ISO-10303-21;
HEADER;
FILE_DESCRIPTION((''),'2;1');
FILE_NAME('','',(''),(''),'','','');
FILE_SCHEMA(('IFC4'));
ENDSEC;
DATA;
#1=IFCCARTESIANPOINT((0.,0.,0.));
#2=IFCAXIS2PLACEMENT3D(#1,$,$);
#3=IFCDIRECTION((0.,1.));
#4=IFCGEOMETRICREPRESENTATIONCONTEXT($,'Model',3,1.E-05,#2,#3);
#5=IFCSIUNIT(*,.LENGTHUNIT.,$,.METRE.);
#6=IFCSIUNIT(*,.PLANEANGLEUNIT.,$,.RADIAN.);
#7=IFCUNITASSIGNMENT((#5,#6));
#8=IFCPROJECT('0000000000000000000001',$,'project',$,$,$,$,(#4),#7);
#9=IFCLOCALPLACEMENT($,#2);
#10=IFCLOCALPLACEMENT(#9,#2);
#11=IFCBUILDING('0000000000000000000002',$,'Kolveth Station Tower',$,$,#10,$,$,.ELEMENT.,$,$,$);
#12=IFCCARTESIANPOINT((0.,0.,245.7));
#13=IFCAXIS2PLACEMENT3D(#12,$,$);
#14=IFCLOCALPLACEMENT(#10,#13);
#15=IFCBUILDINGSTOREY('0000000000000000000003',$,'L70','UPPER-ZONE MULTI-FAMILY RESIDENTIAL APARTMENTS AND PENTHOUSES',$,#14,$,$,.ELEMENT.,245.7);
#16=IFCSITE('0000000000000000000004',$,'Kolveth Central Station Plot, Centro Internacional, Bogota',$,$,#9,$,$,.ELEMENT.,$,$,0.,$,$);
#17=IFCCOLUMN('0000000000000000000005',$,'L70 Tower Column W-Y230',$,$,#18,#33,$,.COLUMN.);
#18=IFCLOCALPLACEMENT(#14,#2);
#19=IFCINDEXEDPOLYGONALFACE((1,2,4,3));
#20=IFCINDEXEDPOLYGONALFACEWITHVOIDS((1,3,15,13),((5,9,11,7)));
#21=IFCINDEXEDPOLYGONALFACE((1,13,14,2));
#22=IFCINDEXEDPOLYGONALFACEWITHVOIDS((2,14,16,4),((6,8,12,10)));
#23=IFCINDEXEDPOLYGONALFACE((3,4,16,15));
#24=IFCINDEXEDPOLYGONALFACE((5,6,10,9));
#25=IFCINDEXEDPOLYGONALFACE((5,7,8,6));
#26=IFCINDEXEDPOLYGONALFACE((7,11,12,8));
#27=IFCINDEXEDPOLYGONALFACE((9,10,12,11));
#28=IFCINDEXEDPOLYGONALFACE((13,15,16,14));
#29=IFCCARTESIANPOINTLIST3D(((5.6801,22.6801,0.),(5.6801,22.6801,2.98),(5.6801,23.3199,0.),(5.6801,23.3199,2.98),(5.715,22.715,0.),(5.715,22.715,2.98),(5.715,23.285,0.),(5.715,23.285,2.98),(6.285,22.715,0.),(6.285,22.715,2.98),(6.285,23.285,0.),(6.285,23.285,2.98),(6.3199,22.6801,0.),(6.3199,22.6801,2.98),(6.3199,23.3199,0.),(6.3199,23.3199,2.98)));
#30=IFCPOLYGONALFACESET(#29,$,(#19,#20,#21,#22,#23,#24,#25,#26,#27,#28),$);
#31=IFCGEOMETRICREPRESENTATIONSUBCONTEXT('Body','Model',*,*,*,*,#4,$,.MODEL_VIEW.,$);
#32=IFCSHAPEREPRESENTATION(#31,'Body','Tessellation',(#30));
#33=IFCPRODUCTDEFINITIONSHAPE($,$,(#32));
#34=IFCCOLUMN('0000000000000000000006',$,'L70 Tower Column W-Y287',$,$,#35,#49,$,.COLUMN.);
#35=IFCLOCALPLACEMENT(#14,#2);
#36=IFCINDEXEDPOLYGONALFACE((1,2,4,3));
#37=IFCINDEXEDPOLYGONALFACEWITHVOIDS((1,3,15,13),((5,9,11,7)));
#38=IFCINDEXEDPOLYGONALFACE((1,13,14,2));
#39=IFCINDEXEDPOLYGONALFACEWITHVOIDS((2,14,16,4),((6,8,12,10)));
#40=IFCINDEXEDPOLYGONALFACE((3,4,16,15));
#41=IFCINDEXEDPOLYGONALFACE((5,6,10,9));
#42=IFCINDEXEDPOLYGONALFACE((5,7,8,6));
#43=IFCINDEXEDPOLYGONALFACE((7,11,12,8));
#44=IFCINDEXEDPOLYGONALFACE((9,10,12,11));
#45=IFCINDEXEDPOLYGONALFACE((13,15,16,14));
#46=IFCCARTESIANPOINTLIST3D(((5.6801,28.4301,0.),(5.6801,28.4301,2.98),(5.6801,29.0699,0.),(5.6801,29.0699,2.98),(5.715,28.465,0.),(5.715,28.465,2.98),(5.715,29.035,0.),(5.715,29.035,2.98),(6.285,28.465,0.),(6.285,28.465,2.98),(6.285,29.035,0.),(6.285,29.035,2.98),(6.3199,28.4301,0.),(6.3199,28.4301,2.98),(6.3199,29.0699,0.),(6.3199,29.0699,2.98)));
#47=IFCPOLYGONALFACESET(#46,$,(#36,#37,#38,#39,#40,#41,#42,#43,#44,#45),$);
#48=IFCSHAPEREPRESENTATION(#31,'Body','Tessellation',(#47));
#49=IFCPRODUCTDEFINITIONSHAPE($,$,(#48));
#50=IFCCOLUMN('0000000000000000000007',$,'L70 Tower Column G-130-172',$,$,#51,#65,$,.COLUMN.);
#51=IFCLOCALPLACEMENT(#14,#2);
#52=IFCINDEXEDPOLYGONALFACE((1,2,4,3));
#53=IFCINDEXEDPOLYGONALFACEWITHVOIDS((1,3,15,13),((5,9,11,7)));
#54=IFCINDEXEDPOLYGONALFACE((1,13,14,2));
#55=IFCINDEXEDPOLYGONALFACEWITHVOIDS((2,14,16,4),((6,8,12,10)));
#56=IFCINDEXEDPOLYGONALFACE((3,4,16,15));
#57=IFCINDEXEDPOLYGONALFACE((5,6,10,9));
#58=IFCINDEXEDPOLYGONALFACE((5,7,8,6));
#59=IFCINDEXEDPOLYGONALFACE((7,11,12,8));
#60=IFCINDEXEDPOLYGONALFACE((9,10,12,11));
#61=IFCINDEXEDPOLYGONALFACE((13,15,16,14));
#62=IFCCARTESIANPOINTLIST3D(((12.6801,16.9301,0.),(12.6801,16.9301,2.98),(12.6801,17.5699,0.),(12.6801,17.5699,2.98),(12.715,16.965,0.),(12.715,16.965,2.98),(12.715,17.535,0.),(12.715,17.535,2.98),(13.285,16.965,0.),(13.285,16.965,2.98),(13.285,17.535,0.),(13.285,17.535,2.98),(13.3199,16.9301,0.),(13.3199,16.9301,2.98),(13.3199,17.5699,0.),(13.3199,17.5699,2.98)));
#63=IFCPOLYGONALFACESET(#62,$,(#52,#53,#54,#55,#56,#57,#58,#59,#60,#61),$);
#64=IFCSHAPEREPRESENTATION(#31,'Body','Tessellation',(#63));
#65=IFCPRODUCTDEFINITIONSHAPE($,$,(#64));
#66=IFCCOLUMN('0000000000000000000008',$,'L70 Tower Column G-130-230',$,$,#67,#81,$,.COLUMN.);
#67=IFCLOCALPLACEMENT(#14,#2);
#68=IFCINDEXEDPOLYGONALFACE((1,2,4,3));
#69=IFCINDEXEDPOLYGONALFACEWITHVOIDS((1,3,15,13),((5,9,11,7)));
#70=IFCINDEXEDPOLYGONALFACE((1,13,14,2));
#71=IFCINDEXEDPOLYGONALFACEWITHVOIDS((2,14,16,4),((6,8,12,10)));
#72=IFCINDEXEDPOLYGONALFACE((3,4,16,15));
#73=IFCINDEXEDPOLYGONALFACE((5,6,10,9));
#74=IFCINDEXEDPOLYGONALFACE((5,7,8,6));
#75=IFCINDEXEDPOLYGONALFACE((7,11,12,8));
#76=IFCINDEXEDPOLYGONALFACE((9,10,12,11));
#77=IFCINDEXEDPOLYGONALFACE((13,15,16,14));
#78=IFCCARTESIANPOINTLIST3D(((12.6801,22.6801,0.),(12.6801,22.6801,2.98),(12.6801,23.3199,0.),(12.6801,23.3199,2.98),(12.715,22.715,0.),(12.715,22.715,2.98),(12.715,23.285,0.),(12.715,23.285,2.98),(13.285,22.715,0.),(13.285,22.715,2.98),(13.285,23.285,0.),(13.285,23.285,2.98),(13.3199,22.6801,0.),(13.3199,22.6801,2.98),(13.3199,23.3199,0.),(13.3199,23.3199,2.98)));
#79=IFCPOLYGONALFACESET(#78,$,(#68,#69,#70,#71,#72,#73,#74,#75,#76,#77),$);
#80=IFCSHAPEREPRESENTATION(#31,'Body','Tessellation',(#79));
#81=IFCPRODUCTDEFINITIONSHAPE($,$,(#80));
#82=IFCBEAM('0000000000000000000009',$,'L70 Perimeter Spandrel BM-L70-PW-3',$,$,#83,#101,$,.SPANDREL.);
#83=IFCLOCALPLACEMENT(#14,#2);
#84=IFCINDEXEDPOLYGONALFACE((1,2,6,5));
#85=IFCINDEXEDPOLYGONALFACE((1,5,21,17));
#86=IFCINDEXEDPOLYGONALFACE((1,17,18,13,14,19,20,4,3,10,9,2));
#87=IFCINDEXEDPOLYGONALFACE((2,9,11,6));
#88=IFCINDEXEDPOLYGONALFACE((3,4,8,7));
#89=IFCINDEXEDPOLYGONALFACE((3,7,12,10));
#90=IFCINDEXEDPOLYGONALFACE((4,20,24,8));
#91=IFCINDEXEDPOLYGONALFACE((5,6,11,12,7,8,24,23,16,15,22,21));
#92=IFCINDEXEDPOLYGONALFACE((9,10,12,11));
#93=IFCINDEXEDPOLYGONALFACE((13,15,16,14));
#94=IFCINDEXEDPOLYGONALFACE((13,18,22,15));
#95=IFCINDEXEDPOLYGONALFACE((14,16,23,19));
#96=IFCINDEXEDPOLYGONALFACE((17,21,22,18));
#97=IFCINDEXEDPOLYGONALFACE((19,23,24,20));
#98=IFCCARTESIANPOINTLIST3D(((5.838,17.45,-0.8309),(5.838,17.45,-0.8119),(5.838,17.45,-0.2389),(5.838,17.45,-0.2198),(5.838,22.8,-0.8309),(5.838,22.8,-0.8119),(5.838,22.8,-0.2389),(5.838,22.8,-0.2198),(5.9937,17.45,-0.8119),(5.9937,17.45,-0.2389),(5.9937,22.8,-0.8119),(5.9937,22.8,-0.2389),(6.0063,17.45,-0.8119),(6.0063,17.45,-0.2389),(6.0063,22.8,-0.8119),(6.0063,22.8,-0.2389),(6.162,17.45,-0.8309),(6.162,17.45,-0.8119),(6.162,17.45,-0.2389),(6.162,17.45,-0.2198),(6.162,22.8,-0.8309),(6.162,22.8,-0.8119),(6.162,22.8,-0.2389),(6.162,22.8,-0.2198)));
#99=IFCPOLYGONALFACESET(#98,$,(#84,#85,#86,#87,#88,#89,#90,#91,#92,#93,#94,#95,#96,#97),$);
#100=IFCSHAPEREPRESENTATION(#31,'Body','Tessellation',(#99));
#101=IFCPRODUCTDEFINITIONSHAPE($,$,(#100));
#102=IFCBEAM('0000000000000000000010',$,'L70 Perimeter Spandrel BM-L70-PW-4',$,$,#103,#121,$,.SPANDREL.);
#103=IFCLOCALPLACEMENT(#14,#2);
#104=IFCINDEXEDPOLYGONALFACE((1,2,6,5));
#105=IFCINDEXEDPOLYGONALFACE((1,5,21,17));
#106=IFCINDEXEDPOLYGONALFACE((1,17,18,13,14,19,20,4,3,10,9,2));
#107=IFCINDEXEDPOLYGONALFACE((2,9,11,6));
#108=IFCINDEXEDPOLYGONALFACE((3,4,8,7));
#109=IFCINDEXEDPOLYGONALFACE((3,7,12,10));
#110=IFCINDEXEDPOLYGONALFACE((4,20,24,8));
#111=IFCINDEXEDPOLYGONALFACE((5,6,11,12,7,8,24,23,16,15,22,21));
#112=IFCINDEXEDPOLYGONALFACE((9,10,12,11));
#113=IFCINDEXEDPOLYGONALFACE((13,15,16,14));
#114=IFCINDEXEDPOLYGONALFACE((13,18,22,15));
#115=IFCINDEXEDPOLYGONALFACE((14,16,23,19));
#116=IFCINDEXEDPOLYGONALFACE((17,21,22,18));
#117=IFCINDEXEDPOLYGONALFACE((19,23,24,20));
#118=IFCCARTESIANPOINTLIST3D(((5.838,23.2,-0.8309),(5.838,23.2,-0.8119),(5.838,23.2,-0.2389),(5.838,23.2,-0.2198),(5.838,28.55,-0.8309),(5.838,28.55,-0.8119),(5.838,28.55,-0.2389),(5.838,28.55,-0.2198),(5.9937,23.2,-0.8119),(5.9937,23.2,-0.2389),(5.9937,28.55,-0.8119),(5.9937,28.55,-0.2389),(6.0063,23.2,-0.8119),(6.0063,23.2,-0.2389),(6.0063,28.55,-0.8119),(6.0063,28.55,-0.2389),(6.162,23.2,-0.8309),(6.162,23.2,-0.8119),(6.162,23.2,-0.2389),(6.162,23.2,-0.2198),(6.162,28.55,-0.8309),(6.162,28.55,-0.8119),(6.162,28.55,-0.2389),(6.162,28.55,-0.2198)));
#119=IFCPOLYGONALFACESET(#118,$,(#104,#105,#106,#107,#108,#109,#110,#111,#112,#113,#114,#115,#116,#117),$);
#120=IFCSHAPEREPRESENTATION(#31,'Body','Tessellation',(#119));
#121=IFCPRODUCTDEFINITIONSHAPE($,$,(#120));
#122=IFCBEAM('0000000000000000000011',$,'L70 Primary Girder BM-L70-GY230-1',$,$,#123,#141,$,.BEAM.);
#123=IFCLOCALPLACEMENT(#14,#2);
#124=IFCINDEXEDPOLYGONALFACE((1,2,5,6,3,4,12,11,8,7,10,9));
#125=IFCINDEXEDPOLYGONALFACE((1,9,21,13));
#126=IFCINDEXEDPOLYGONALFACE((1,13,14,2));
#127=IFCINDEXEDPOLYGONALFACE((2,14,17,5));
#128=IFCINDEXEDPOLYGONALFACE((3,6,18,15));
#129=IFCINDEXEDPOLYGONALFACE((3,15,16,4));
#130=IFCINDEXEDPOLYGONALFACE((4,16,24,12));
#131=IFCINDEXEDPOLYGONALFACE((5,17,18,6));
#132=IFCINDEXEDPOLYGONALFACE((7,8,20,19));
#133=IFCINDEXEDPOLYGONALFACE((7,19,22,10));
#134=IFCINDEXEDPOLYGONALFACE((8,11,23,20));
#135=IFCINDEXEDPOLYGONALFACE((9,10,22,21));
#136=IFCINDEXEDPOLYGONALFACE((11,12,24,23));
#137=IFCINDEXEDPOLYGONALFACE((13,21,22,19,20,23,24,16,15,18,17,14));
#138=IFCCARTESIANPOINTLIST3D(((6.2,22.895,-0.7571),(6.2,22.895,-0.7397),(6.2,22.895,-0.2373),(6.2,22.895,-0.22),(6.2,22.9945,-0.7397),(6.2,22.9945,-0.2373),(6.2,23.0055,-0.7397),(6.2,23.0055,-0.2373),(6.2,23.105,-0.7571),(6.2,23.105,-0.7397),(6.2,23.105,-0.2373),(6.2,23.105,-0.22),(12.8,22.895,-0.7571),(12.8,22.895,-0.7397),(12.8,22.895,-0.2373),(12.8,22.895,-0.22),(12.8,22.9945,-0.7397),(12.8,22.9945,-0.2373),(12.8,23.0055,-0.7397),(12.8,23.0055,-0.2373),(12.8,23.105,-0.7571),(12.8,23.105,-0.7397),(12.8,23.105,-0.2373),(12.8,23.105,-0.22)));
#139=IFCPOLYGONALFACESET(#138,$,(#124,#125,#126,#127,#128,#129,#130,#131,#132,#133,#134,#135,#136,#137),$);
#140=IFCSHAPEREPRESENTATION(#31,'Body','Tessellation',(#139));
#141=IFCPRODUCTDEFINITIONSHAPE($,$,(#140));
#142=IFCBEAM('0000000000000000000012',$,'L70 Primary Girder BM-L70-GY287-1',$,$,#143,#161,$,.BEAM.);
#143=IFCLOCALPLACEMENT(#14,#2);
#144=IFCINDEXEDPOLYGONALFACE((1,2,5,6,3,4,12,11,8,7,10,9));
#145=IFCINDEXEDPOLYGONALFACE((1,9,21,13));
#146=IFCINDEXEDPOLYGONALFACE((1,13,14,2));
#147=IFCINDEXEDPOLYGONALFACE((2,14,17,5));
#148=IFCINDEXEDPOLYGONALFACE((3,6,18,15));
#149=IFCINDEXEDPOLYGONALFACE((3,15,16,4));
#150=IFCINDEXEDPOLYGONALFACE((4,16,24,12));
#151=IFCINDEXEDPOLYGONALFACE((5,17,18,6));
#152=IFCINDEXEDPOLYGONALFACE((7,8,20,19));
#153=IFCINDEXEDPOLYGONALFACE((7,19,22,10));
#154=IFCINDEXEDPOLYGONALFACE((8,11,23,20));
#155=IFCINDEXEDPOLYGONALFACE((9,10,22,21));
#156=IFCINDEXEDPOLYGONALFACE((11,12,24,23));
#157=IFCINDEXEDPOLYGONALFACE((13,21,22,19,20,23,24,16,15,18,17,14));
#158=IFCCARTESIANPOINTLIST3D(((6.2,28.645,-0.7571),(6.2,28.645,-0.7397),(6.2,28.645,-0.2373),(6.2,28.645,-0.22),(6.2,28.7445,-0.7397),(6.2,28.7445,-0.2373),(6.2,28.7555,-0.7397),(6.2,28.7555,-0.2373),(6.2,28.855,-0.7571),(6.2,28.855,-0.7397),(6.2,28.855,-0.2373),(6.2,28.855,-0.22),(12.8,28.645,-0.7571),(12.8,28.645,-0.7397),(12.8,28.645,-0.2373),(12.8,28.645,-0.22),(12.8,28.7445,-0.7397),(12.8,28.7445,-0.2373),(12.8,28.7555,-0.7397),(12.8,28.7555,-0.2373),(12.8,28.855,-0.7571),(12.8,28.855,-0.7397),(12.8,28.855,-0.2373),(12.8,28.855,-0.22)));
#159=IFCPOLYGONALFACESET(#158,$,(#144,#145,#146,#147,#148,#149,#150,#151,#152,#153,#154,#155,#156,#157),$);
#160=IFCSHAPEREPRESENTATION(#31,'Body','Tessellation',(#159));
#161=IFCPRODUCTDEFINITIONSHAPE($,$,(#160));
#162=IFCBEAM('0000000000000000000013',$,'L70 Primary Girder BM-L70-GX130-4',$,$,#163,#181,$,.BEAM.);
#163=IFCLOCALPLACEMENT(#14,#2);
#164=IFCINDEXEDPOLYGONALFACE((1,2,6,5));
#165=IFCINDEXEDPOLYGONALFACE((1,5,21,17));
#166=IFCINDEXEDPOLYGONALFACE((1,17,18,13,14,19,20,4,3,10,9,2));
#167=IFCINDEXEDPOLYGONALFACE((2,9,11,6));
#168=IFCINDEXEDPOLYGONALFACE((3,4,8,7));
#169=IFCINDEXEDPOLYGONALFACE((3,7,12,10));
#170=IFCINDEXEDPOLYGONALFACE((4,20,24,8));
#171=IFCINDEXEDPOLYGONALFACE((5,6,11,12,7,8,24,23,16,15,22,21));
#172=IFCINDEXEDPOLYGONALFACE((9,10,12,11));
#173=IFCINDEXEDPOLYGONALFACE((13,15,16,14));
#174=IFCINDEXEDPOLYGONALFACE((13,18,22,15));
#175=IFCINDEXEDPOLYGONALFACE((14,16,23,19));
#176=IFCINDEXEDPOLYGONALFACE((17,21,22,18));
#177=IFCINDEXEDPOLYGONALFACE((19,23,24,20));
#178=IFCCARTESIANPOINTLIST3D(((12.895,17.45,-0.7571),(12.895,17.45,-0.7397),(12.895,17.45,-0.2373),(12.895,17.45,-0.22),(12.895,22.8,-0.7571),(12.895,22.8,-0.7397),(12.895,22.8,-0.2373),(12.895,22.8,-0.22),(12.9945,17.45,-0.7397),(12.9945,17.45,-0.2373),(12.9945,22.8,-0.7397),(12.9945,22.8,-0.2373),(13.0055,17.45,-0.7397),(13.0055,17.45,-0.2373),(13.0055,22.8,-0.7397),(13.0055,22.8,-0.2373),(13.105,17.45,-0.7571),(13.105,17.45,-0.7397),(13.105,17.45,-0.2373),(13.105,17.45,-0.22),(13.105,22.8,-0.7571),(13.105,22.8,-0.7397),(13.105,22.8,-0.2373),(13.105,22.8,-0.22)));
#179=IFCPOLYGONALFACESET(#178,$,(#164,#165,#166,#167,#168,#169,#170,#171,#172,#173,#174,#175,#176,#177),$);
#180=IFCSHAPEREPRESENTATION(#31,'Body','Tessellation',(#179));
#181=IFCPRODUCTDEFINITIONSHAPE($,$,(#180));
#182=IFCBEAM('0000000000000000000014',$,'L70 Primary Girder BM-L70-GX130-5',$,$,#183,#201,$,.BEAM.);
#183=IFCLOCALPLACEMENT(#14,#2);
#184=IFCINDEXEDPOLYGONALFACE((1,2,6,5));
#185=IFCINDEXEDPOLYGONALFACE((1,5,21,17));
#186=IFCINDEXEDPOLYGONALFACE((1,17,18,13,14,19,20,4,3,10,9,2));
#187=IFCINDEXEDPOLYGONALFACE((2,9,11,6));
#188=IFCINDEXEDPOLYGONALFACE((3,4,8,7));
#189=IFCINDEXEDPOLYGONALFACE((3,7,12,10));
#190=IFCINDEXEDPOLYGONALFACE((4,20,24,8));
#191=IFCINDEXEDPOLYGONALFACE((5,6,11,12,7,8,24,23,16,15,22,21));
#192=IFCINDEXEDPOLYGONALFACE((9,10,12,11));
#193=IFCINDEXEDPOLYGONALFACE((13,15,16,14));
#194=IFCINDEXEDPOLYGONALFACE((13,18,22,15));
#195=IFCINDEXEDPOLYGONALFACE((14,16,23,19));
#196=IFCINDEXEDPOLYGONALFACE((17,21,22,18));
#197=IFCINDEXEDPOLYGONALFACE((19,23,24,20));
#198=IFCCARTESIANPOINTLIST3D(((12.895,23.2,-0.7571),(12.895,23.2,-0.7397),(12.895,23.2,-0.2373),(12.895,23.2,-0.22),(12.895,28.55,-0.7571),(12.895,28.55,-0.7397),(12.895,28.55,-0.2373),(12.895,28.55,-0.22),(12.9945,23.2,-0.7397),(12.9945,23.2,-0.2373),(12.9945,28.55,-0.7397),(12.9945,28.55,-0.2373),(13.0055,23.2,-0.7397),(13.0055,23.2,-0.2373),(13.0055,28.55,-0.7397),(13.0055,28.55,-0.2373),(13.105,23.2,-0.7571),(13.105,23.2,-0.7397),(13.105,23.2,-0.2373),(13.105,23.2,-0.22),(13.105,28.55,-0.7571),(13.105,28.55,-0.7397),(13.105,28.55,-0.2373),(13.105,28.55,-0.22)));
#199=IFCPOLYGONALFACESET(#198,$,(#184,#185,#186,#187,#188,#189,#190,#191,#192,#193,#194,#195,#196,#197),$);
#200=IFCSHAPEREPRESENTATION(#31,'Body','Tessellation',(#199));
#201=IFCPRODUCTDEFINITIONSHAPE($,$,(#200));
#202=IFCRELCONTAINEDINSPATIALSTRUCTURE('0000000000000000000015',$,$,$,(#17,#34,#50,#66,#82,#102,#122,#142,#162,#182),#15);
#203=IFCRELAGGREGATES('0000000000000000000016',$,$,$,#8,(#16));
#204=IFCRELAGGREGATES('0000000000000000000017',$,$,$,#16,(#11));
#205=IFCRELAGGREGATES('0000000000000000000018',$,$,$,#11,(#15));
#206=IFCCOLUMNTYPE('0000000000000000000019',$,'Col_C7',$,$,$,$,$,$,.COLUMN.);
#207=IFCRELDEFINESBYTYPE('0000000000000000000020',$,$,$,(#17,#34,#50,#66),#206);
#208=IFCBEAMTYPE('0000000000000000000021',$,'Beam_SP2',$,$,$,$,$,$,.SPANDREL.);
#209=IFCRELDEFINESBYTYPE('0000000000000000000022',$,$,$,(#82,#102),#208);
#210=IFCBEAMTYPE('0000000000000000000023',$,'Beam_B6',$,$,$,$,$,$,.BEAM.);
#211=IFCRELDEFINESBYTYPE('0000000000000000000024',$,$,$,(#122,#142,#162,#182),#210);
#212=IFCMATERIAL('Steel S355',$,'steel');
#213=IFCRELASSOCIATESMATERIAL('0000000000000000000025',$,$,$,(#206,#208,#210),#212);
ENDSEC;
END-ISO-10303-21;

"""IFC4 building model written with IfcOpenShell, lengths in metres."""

from ifc_helpers import new_model, si_unit, direction, frame, origin, origin_2d, place, context, subcontext, project, spatial, hollow_rectangle, i_section, extrude, source, transform, mapped, material, material_profile, profile_set, type_object, element, save


model = new_model("IFC4")

# Units and contexts
model_context = context("Model", 3, precision=1e-05, world=origin(), true_north=direction((0.0, 1.0)))
body_context = subcontext(model_context, "Body", "Model", "MODEL_VIEW")
ifc_project = project(units=[si_unit("LENGTHUNIT", "METRE"), si_unit("PLANEANGLEUNIT", "RADIAN")], contexts=[model_context])

# Site, building, storey
site_placement = place(None, origin())
site = spatial("IfcSite", under=ifc_project, at=site_placement, Name="Kolveth Central Station Plot, Centro Internacional, Bogota", CompositionType="ELEMENT", RefElevation=0.0)
building_placement = place(site_placement, origin())
building = spatial("IfcBuilding", under=site, at=building_placement, Name="Kolveth Station Tower", CompositionType="ELEMENT")
storey_placement = place(building_placement, frame((0.0, 0.0, 245.7)))
storey = spatial("IfcBuildingStorey", under=building, at=storey_placement, Name="L70", Description="UPPER-ZONE MULTI-FAMILY RESIDENTIAL APARTMENTS AND PENTHOUSES", CompositionType="ELEMENT", Elevation=245.7)

# Columns
ifc_material_1 = material(Name="Steel S355", Category="steel")
ifc_material_profile_1 = material_profile(ifc_material_1, hollow_rectangle(XDim=0.6399, YDim=0.6399, WallThickness=0.0349, at=origin_2d()), Name="BOX640x640x35")
ifc_profile_set_1 = profile_set([ifc_material_profile_1], Name="Steel S355")
column_type = type_object("IfcColumnType", Name="Col_C7", PredefinedType="COLUMN", material=ifc_profile_set_1)
shared_shape_1 = source(origin(), body_context, "Body", "SweptSolid", [
    extrude(hollow_rectangle(XDim=0.6399, YDim=0.6399, WallThickness=0.0349, at=origin_2d()), origin(), (0.0, 0.0, 1.0), 2.98),
])
for number, where, z_axis, x_axis, name in (
    (1, (6.0, 23.0, 0.0), (0.0, 0.0, 1.0), (1.0, 0.0, 0.0), "L70 Tower Column W-Y230"),
    (2, (6.0, 28.75, 0.0), (0.0, 0.0, 1.0), (1.0, 0.0, 0.0), "L70 Tower Column W-Y287"),
    (3, (13.0, 17.25, 0.0), (0.0, 0.0, 1.0), (1.0, 0.0, 0.0), "L70 Tower Column G-130-172"),
    (4, (13.0, 23.0, 0.0), (0.0, 0.0, 1.0), (1.0, 0.0, 0.0), "L70 Tower Column G-130-230"),
):
    element("IfcColumn", number, at=place(storey_placement, frame(where, z_axis=z_axis, x_axis=x_axis)), inside=storey, type_object=column_type, Name=name, PredefinedType="COLUMN", context=body_context, shape_type="MappedRepresentation", body=[
        mapped(shared_shape_1, transform((0.0, 0.0, 0.0), x_axis=(1.0, 0.0, 0.0), y_axis=(0.0, 1.0, 0.0), z_axis=(0.0, 0.0, 1.0), scale=1.0)),
    ])

# Beams
ifc_material_profile_2 = material_profile(ifc_material_1, i_section(OverallWidth=0.324, OverallDepth=0.6111, WebThickness=0.0127, FlangeThickness=0.019, at=origin_2d()), Name="W610x155")
ifc_profile_set_2 = profile_set([ifc_material_profile_2], Name="Steel S355")
beam_type_1 = type_object("IfcBeamType", Name="Beam_SP2", PredefinedType="SPANDREL", material=ifc_profile_set_2)
shared_shape_2 = source(origin(), body_context, "Body", "SweptSolid", [
    extrude(i_section(OverallWidth=0.324, OverallDepth=0.6111, WebThickness=0.0127, FlangeThickness=0.019, at=origin_2d()), origin(), (0.0, 0.0, 1.0), 5.3501),
])
for number, where, z_axis, x_axis, name in (
    (5, (6.0, 17.45, -0.5254), (0.0, 1.0, 0.0), (-1.0, 0.0, 0.0), "L70 Perimeter Spandrel BM-L70-PW-3"),
    (6, (6.0, 23.2, -0.5254), (0.0, 1.0, 0.0), (-1.0, 0.0, 0.0), "L70 Perimeter Spandrel BM-L70-PW-4"),
):
    element("IfcBeam", number, at=place(storey_placement, frame(where, z_axis=z_axis, x_axis=x_axis)), inside=storey, type_object=beam_type_1, Name=name, PredefinedType="SPANDREL", context=body_context, shape_type="MappedRepresentation", body=[
        mapped(shared_shape_2, transform((0.0, 0.0, 0.0), x_axis=(1.0, 0.0, 0.0), y_axis=(0.0, 1.0, 0.0), z_axis=(0.0, 0.0, 1.0), scale=1.0)),
    ])
ifc_material_profile_3 = material_profile(ifc_material_1, i_section(OverallWidth=0.21, OverallDepth=0.5371, WebThickness=0.011, FlangeThickness=0.0173, at=origin_2d()), Name="W530x101")
ifc_profile_set_3 = profile_set([ifc_material_profile_3], Name="Steel S355")
beam_type_2 = type_object("IfcBeamType", Name="Beam_B6", PredefinedType="BEAM", material=ifc_profile_set_3)
shared_shape_3 = source(origin(), body_context, "Body", "SweptSolid", [
    extrude(i_section(OverallWidth=0.21, OverallDepth=0.5371, WebThickness=0.011, FlangeThickness=0.0173, at=origin_2d()), origin(), (0.0, 0.0, 1.0), 6.6001),
])
for number, where, z_axis, x_axis, name in (
    (7, (6.2, 23.0, -0.4885), (1.0, 0.0, 0.0), (0.0, 1.0, 0.0), "L70 Primary Girder BM-L70-GY230-1"),
    (8, (6.2, 28.75, -0.4885), (1.0, 0.0, 0.0), (0.0, 1.0, 0.0), "L70 Primary Girder BM-L70-GY287-1"),
):
    element("IfcBeam", number, at=place(storey_placement, frame(where, z_axis=z_axis, x_axis=x_axis)), inside=storey, type_object=beam_type_2, Name=name, PredefinedType="BEAM", context=body_context, shape_type="MappedRepresentation", body=[
        mapped(shared_shape_3, transform((0.0, 0.0, 0.0), x_axis=(1.0, 0.0, 0.0), y_axis=(0.0, 1.0, 0.0), z_axis=(0.0, 0.0, 1.0), scale=1.0)),
    ])
shared_shape_4 = source(origin(), body_context, "Body", "SweptSolid", [
    extrude(i_section(OverallWidth=0.21, OverallDepth=0.5371, WebThickness=0.011, FlangeThickness=0.0173, at=origin_2d()), origin(), (0.0, 0.0, 1.0), 5.3501),
])
for number, where, z_axis, x_axis, name in (
    (9, (13.0, 17.45, -0.4885), (0.0, 1.0, 0.0), (-1.0, 0.0, 0.0), "L70 Primary Girder BM-L70-GX130-4"),
    (10, (13.0, 23.2, -0.4885), (0.0, 1.0, 0.0), (-1.0, 0.0, 0.0), "L70 Primary Girder BM-L70-GX130-5"),
):
    element("IfcBeam", number, at=place(storey_placement, frame(where, z_axis=z_axis, x_axis=x_axis)), inside=storey, type_object=beam_type_2, Name=name, PredefinedType="BEAM", context=body_context, shape_type="MappedRepresentation", body=[
        mapped(shared_shape_4, transform((0.0, 0.0, 0.0), x_axis=(1.0, 0.0, 0.0), y_axis=(0.0, 1.0, 0.0), z_axis=(0.0, 0.0, 1.0), scale=1.0)),
    ])

save(model, "model.ifc")
